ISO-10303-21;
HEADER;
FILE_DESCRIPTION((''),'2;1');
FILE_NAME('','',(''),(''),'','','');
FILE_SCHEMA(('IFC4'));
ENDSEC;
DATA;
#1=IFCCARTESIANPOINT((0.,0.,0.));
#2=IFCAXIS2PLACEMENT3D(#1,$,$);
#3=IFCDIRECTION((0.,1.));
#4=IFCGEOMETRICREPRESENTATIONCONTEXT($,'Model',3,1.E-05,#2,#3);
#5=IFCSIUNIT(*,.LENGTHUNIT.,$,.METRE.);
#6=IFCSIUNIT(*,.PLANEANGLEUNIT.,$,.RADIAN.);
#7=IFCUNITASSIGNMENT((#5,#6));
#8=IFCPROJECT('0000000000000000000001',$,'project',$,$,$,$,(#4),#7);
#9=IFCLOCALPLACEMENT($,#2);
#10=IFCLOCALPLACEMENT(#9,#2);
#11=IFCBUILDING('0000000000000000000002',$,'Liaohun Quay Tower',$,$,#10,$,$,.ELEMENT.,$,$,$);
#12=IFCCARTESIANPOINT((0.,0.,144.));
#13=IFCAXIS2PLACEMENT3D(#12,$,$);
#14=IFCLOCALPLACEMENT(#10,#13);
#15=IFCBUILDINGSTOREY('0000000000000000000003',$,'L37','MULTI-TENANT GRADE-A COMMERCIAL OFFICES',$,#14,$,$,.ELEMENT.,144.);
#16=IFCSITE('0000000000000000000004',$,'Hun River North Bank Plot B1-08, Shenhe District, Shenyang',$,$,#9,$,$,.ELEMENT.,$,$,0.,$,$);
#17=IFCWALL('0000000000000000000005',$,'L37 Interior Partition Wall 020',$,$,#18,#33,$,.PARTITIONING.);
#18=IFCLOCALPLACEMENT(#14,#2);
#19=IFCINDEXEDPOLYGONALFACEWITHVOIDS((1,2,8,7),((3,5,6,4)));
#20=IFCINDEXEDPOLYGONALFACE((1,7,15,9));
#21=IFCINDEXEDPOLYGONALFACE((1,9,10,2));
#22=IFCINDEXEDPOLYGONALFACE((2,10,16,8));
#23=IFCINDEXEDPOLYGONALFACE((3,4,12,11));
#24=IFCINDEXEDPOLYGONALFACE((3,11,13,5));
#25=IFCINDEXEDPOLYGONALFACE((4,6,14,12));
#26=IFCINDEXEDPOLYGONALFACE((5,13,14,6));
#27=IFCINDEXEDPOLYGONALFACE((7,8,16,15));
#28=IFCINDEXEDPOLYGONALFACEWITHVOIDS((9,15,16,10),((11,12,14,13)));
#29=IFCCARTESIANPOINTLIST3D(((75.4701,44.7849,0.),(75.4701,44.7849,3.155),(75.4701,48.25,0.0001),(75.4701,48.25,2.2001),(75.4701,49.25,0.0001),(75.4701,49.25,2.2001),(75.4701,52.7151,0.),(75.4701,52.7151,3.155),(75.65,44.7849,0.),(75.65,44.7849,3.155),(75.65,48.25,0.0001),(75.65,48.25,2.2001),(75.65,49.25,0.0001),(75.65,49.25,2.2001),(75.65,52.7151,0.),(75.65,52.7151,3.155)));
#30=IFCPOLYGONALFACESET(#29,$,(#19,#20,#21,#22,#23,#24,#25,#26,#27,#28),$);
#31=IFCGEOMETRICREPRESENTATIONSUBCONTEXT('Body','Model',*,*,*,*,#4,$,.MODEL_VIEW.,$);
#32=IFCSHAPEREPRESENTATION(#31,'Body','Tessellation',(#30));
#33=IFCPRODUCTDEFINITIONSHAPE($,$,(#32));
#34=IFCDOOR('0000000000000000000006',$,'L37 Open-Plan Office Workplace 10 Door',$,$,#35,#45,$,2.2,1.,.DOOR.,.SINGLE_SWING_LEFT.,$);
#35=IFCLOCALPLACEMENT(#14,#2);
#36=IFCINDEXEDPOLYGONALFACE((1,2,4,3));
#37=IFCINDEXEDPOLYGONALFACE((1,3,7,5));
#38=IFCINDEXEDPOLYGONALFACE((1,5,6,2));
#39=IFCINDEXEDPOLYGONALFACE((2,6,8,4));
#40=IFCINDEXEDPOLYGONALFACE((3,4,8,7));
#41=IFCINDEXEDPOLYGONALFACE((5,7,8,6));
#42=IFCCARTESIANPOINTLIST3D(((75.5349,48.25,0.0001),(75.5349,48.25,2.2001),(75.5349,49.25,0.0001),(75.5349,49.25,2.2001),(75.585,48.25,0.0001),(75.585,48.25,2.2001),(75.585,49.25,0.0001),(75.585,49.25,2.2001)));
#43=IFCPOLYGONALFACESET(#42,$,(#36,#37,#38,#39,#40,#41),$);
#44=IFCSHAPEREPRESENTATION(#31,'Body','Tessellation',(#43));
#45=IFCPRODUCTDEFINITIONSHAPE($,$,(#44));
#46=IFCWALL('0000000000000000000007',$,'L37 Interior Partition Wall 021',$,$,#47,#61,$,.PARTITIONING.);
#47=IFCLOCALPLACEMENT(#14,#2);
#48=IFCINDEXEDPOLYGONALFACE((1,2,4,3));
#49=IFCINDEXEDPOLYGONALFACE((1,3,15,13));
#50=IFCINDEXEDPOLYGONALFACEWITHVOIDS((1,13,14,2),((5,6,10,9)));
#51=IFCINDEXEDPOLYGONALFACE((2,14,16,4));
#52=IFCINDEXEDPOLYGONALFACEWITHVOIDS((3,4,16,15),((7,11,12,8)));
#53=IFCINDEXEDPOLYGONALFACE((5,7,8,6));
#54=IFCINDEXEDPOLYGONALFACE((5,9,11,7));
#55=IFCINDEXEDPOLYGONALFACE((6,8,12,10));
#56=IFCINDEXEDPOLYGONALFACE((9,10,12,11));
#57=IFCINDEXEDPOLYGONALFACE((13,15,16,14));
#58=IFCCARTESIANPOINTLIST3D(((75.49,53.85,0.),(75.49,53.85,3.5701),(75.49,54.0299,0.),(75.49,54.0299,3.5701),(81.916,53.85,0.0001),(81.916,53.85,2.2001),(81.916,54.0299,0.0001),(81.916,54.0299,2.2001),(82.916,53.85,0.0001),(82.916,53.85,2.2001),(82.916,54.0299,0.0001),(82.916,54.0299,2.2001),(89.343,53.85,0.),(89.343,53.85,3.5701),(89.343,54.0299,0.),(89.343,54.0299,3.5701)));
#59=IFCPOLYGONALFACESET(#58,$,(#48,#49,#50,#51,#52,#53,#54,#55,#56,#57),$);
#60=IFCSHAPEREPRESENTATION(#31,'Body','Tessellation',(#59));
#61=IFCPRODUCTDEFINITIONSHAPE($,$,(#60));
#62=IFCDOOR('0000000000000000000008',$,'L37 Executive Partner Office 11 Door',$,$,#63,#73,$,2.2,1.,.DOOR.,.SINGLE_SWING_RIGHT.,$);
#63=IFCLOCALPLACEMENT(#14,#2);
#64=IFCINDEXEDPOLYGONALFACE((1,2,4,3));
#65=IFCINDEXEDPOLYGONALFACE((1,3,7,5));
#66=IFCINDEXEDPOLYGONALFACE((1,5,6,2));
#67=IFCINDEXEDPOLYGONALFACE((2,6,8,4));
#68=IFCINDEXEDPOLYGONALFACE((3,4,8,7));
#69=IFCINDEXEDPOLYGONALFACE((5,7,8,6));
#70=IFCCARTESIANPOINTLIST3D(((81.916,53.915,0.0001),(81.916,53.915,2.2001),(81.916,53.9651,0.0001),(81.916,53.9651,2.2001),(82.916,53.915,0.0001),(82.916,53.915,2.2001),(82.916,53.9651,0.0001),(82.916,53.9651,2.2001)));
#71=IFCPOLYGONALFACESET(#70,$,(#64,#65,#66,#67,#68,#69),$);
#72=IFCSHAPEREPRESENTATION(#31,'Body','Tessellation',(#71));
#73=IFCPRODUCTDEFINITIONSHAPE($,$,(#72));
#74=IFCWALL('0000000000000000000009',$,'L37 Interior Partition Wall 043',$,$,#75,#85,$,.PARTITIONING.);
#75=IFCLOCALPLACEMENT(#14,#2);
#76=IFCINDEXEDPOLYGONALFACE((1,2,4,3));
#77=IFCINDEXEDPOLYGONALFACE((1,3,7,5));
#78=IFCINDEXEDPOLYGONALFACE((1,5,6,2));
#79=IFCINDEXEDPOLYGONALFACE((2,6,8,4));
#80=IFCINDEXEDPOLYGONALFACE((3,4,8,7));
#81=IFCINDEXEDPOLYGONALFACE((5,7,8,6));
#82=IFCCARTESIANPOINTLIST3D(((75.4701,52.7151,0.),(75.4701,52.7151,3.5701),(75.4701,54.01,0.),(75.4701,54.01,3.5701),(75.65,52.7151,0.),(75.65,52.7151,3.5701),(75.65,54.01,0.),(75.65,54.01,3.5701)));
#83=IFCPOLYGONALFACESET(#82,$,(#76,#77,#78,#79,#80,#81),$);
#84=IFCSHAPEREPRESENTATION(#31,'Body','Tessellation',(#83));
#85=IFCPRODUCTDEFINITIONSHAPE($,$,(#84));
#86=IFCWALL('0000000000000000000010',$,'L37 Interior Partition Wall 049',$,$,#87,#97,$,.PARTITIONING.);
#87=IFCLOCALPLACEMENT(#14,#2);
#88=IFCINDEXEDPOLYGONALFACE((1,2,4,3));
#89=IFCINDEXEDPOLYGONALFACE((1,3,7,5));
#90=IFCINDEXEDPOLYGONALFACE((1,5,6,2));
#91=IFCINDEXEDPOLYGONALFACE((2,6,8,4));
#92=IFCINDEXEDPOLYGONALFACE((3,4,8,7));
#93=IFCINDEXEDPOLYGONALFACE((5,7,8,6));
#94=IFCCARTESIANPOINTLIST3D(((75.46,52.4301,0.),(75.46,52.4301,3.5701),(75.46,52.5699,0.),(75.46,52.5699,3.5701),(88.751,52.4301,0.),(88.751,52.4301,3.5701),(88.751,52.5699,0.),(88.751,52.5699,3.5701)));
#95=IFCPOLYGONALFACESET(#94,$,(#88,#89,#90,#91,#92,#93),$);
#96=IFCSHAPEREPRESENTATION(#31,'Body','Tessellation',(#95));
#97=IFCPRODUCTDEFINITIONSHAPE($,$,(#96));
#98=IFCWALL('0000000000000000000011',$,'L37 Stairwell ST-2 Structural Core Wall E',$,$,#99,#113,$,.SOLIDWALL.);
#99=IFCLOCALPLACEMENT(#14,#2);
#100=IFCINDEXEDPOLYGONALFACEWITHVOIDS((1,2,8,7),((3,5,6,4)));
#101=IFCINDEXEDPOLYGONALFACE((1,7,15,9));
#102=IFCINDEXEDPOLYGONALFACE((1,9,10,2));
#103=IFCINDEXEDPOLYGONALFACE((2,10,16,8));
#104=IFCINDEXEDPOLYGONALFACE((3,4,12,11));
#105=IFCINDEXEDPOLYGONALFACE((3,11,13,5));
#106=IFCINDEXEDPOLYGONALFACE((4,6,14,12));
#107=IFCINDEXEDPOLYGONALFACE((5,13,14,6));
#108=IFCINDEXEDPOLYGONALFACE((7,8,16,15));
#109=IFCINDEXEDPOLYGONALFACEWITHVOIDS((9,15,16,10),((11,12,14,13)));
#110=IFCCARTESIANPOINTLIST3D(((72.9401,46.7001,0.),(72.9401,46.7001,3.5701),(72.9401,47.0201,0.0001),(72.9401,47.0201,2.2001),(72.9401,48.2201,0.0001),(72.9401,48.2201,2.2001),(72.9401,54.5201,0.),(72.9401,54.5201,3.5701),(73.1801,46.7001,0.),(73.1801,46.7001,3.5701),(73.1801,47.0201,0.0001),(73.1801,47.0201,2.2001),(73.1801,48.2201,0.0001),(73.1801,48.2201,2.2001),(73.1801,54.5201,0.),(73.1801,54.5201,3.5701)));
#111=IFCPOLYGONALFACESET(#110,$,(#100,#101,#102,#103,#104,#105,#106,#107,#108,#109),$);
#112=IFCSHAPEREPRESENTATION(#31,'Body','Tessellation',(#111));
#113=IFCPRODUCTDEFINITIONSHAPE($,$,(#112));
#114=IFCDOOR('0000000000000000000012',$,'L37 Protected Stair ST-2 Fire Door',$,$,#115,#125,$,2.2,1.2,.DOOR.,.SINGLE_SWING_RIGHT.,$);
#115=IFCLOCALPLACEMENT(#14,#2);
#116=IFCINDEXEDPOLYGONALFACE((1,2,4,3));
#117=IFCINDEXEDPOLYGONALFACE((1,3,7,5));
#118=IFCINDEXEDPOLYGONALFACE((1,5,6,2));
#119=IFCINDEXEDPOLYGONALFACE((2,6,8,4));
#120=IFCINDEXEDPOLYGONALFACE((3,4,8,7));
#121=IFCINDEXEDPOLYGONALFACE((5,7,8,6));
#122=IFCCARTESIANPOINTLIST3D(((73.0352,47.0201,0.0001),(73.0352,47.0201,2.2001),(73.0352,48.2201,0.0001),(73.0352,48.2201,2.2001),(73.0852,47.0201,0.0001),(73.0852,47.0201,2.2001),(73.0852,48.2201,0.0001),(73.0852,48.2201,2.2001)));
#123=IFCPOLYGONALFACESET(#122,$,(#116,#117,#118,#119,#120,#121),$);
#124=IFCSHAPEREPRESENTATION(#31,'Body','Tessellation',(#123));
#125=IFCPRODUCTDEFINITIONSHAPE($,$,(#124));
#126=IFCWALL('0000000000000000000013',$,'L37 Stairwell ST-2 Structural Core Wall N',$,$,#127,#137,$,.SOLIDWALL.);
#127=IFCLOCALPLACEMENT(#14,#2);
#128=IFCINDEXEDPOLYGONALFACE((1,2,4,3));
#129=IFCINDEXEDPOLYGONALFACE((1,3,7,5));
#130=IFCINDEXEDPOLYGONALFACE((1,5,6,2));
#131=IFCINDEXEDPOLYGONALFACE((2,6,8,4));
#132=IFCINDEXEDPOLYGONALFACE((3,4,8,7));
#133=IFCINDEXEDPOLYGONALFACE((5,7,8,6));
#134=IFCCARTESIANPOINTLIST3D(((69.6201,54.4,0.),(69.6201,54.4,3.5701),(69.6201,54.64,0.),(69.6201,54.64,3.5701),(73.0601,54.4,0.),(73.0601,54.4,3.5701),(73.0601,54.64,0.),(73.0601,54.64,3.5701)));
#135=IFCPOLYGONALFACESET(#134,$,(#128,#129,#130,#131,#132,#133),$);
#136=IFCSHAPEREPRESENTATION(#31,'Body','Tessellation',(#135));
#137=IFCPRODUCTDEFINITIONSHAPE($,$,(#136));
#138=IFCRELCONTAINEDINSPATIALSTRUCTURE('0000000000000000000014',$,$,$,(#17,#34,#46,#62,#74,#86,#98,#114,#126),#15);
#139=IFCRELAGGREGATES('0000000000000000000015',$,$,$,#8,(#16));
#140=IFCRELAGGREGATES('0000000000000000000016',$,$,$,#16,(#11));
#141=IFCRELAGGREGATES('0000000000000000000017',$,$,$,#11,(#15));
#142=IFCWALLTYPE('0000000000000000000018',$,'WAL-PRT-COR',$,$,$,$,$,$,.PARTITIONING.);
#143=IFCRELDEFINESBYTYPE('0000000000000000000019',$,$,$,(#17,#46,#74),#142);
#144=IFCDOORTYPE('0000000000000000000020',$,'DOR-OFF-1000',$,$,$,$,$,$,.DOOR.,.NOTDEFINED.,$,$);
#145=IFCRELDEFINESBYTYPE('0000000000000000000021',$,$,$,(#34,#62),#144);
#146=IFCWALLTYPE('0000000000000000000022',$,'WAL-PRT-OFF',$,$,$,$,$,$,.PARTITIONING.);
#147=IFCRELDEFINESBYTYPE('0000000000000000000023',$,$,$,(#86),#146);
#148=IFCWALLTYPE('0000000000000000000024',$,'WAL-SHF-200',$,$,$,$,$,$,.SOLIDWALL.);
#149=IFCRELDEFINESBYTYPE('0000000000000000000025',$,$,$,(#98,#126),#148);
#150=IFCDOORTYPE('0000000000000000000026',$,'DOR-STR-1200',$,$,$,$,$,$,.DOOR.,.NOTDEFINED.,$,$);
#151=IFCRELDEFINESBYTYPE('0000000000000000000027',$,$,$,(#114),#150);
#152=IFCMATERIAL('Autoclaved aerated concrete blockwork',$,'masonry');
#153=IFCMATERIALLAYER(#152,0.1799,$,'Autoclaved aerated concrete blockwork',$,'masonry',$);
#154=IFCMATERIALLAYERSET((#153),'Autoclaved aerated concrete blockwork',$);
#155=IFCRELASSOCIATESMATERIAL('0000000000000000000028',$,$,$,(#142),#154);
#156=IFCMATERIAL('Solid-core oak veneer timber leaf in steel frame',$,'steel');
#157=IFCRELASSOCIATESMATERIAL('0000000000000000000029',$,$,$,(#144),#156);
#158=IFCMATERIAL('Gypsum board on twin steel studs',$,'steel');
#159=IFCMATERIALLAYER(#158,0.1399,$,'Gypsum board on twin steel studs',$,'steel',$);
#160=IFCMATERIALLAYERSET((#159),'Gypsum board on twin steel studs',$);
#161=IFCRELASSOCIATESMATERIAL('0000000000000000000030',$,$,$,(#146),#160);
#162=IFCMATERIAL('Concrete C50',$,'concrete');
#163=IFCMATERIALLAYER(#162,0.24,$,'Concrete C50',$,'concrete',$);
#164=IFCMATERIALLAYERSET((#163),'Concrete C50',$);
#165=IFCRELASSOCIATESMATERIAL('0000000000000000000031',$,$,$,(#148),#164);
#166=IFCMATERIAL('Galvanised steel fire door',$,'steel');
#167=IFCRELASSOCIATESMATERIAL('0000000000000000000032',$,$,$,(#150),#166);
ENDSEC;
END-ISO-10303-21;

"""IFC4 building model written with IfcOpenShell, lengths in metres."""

from ifc_helpers import new_model, si_unit, direction, frame, frame_2d, origin, place, context, subcontext, project, spatial, rectangle, extrude, source, transform, mapped, material, layer, layer_set, type_object, element, fill, save


model = new_model("IFC4")

# Units and contexts
model_context = context("Model", 3, precision=1e-05, world=origin(), true_north=direction((0.0, 1.0)))
body_context = subcontext(model_context, "Body", "Model", "MODEL_VIEW")
ifc_project = project(units=[si_unit("LENGTHUNIT", "METRE"), si_unit("PLANEANGLEUNIT", "RADIAN")], contexts=[model_context])

# Site, building, storey
site_placement = place(None, origin())
site = spatial("IfcSite", under=ifc_project, at=site_placement, Name="Hun River North Bank Plot B1-08, Shenhe District, Shenyang", CompositionType="ELEMENT", RefElevation=0.0)
building_placement = place(site_placement, origin())
building = spatial("IfcBuilding", under=site, at=building_placement, Name="Liaohun Quay Tower", CompositionType="ELEMENT")
storey_placement = place(building_placement, frame((0.0, 0.0, 144.0)))
storey = spatial("IfcBuildingStorey", under=building, at=storey_placement, Name="L37", Description="MULTI-TENANT GRADE-A COMMERCIAL OFFICES", CompositionType="ELEMENT", Elevation=144.0)

# Walls, openings, doors
ifc_material_1 = material(Name="Autoclaved aerated concrete blockwork", Category="masonry")
ifc_layer_1 = layer(ifc_material_1, 0.1799, Name="Autoclaved aerated concrete blockwork", Category="masonry")
ifc_layer_set_1 = layer_set([ifc_layer_1], Name="Autoclaved aerated concrete blockwork")
wall_type_1 = type_object("IfcWallType", Name="WAL-PRT-COR", PredefinedType="PARTITIONING", material=ifc_layer_set_1)
wall_1_placement = place(storey_placement, frame((75.5601, 52.7151, 0.0), z_axis=(0.0, 0.0, 1.0), x_axis=(0.0, -1.0, 0.0)))
wall_1 = element("IfcWall", 1, at=wall_1_placement, inside=storey, type_object=wall_type_1, Name="L37 Interior Partition Wall 020", PredefinedType="PARTITIONING", context=body_context, shape_type="SweptSolid", body=[
    extrude(rectangle(XDim=7.9302, YDim=0.1799, at=frame_2d((3.9651, 0.0))), origin(), (0.0, 0.0, 1.0), 3.155),
])
shared_shape_1 = source(origin(), body_context, "Body", "SweptSolid", [
    extrude(rectangle(XDim=1.0, YDim=2.2, at=frame_2d((0.5, 1.1001))), frame((0.0, 0.0999, 0.0), z_axis=(0.0, -1.0, 0.0), x_axis=(1.0, 0.0, 0.0)), (0.0, 0.0, 1.0), 0.2),
])
opening_1_placement = place(wall_1_placement, frame((3.4651, 0.0, 0.0)))
opening_1 = element("IfcOpeningElement", 2, at=opening_1_placement, cuts=wall_1, PredefinedType="OPENING", context=body_context, shape_type="MappedRepresentation", body=[
    mapped(shared_shape_1, transform((0.0, 0.0, 0.0), x_axis=(1.0, 0.0, 0.0), y_axis=(0.0, 1.0, 0.0), z_axis=(0.0, 0.0, 1.0), scale=1.0)),
])
ifc_material_2 = material(Name="Solid-core oak veneer timber leaf in steel frame", Category="steel")
door_type_1 = type_object("IfcDoorType", Name="DOR-OFF-1000", OperationType="NOTDEFINED", PredefinedType="DOOR", material=ifc_material_2)
shared_shape_2 = source(origin(), body_context, "Body", "SweptSolid", [
    extrude(rectangle(XDim=1.0, YDim=2.2, at=frame_2d((0.5, 1.1001))), frame((0.0, 0.0249, 0.0), z_axis=(0.0, -1.0, 0.0), x_axis=(1.0, 0.0, 0.0)), (0.0, 0.0, 1.0), 0.05),
])
door_1_placement = place(opening_1_placement, origin())
door_1 = element("IfcDoor", 3, at=door_1_placement, inside=storey, type_object=door_type_1, Name="L37 Open-Plan Office Workplace 10 Door", OperationType="SINGLE_SWING_LEFT", OverallHeight=2.2, OverallWidth=1.0, PredefinedType="DOOR", context=body_context, shape_type="MappedRepresentation", body=[
    mapped(shared_shape_2, transform((0.0, 0.0, 0.0), x_axis=(1.0, 0.0, 0.0), y_axis=(0.0, 1.0, 0.0), z_axis=(0.0, 0.0, 1.0), scale=1.0)),
])
fill(opening_1, door_1)
wall_2_placement = place(storey_placement, frame((89.343, 53.9399, 0.0), z_axis=(0.0, 0.0, 1.0), x_axis=(-1.0, 0.0, 0.0)))
wall_2 = element("IfcWall", 4, at=wall_2_placement, inside=storey, type_object=wall_type_1, Name="L37 Interior Partition Wall 021", PredefinedType="PARTITIONING", context=body_context, shape_type="SweptSolid", body=[
    extrude(rectangle(XDim=13.853, YDim=0.1799, at=frame_2d((6.9265, 0.0))), origin(), (0.0, 0.0, 1.0), 3.5701),
])
opening_2_placement = place(wall_2_placement, frame((6.427, 0.0, 0.0)))
opening_2 = element("IfcOpeningElement", 5, at=opening_2_placement, cuts=wall_2, PredefinedType="OPENING", context=body_context, shape_type="MappedRepresentation", body=[
    mapped(shared_shape_1, transform((0.0, 0.0, 0.0), x_axis=(1.0, 0.0, 0.0), y_axis=(0.0, 1.0, 0.0), z_axis=(0.0, 0.0, 1.0), scale=1.0)),
])
door_2_placement = place(opening_2_placement, origin())
door_2 = element("IfcDoor", 6, at=door_2_placement, inside=storey, type_object=door_type_1, Name="L37 Executive Partner Office 11 Door", OperationType="SINGLE_SWING_RIGHT", OverallHeight=2.2, OverallWidth=1.0, PredefinedType="DOOR", context=body_context, shape_type="MappedRepresentation", body=[
    mapped(shared_shape_2, transform((0.0, 0.0, 0.0), x_axis=(1.0, 0.0, 0.0), y_axis=(0.0, 1.0, 0.0), z_axis=(0.0, 0.0, 1.0), scale=1.0)),
])
fill(opening_2, door_2)

# Walls
wall_3_placement = place(storey_placement, frame((75.5601, 54.01, 0.0), z_axis=(0.0, 0.0, 1.0), x_axis=(0.0, -1.0, 0.0)))
element("IfcWall", 7, at=wall_3_placement, inside=storey, type_object=wall_type_1, Name="L37 Interior Partition Wall 043", PredefinedType="PARTITIONING", context=body_context, shape_type="SweptSolid", body=[
    extrude(rectangle(XDim=1.2949, YDim=0.1799, at=frame_2d((0.6475, 0.0))), origin(), (0.0, 0.0, 1.0), 3.5701),
])
ifc_material_3 = material(Name="Gypsum board on twin steel studs", Category="steel")
ifc_layer_2 = layer(ifc_material_3, 0.1399, Name="Gypsum board on twin steel studs", Category="steel")
ifc_layer_set_2 = layer_set([ifc_layer_2], Name="Gypsum board on twin steel studs")
wall_type_2 = type_object("IfcWallType", Name="WAL-PRT-OFF", PredefinedType="PARTITIONING", material=ifc_layer_set_2)
wall_4_placement = place(storey_placement, frame((75.46, 52.5, 0.0), z_axis=(0.0, 0.0, 1.0), x_axis=(1.0, 0.0, 0.0)))
element("IfcWall", 8, at=wall_4_placement, inside=storey, type_object=wall_type_2, Name="L37 Interior Partition Wall 049", PredefinedType="PARTITIONING", context=body_context, shape_type="SweptSolid", body=[
    extrude(rectangle(XDim=13.291, YDim=0.1399, at=frame_2d((6.6455, 0.0))), origin(), (0.0, 0.0, 1.0), 3.5701),
])

# Wall, opening, door
ifc_material_4 = material(Name="Concrete C50", Category="concrete")
ifc_layer_3 = layer(ifc_material_4, 0.24, Name="Concrete C50", Category="concrete")
ifc_layer_set_3 = layer_set([ifc_layer_3], Name="Concrete C50")
wall_type_3 = type_object("IfcWallType", Name="WAL-SHF-200", PredefinedType="SOLIDWALL", material=ifc_layer_set_3)
wall_5_placement = place(storey_placement, frame((73.0601, 46.7, 0.0), z_axis=(0.0, 0.0, 1.0), x_axis=(0.0, 1.0, 0.0)))
wall_5 = element("IfcWall", 9, at=wall_5_placement, inside=storey, type_object=wall_type_3, Name="L37 Stairwell ST-2 Structural Core Wall E", PredefinedType="SOLIDWALL", context=body_context, shape_type="SweptSolid", body=[
    extrude(rectangle(XDim=7.8201, YDim=0.24, at=frame_2d((3.9102, 0.0))), origin(), (0.0, 0.0, 1.0), 3.5701),
])
shared_shape_3 = source(origin(), body_context, "Body", "SweptSolid", [
    extrude(rectangle(XDim=1.2, YDim=2.2, at=frame_2d((0.6001, 1.1001))), frame((0.0, 0.1299, 0.0), z_axis=(0.0, -1.0, 0.0), x_axis=(1.0, 0.0, 0.0)), (0.0, 0.0, 1.0), 0.26),
])
opening_3_placement = place(wall_5_placement, frame((0.3201, 0.0, 0.0)))
opening_3 = element("IfcOpeningElement", 10, at=opening_3_placement, cuts=wall_5, PredefinedType="OPENING", context=body_context, shape_type="MappedRepresentation", body=[
    mapped(shared_shape_3, transform((0.0, 0.0, 0.0), x_axis=(1.0, 0.0, 0.0), y_axis=(0.0, 1.0, 0.0), z_axis=(0.0, 0.0, 1.0), scale=1.0)),
])
ifc_material_5 = material(Name="Galvanised steel fire door", Category="steel")
door_type_2 = type_object("IfcDoorType", Name="DOR-STR-1200", OperationType="NOTDEFINED", PredefinedType="DOOR", material=ifc_material_5)
shared_shape_4 = source(origin(), body_context, "Body", "SweptSolid", [
    extrude(rectangle(XDim=1.2, YDim=2.2, at=frame_2d((0.6001, 1.1001))), frame((0.0, 0.0249, 0.0), z_axis=(0.0, -1.0, 0.0), x_axis=(1.0, 0.0, 0.0)), (0.0, 0.0, 1.0), 0.05),
])
door_3_placement = place(opening_3_placement, origin())
door_3 = element("IfcDoor", 11, at=door_3_placement, inside=storey, type_object=door_type_2, Name="L37 Protected Stair ST-2 Fire Door", OperationType="SINGLE_SWING_RIGHT", OverallHeight=2.2, OverallWidth=1.2, PredefinedType="DOOR", context=body_context, shape_type="MappedRepresentation", body=[
    mapped(shared_shape_4, transform((0.0, 0.0, 0.0), x_axis=(1.0, 0.0, 0.0), y_axis=(0.0, 1.0, 0.0), z_axis=(0.0, 0.0, 1.0), scale=1.0)),
])
fill(opening_3, door_3)

# Wall
wall_6_placement = place(storey_placement, frame((73.0601, 54.52, 0.0), z_axis=(0.0, 0.0, 1.0), x_axis=(-1.0, 0.0, 0.0)))
element("IfcWall", 12, at=wall_6_placement, inside=storey, type_object=wall_type_3, Name="L37 Stairwell ST-2 Structural Core Wall N", PredefinedType="SOLIDWALL", context=body_context, shape_type="SweptSolid", body=[
    extrude(rectangle(XDim=3.4399, YDim=0.24, at=frame_2d((1.72, 0.0))), origin(), (0.0, 0.0, 1.0), 3.5701),
])

save(model, "model.ifc")
